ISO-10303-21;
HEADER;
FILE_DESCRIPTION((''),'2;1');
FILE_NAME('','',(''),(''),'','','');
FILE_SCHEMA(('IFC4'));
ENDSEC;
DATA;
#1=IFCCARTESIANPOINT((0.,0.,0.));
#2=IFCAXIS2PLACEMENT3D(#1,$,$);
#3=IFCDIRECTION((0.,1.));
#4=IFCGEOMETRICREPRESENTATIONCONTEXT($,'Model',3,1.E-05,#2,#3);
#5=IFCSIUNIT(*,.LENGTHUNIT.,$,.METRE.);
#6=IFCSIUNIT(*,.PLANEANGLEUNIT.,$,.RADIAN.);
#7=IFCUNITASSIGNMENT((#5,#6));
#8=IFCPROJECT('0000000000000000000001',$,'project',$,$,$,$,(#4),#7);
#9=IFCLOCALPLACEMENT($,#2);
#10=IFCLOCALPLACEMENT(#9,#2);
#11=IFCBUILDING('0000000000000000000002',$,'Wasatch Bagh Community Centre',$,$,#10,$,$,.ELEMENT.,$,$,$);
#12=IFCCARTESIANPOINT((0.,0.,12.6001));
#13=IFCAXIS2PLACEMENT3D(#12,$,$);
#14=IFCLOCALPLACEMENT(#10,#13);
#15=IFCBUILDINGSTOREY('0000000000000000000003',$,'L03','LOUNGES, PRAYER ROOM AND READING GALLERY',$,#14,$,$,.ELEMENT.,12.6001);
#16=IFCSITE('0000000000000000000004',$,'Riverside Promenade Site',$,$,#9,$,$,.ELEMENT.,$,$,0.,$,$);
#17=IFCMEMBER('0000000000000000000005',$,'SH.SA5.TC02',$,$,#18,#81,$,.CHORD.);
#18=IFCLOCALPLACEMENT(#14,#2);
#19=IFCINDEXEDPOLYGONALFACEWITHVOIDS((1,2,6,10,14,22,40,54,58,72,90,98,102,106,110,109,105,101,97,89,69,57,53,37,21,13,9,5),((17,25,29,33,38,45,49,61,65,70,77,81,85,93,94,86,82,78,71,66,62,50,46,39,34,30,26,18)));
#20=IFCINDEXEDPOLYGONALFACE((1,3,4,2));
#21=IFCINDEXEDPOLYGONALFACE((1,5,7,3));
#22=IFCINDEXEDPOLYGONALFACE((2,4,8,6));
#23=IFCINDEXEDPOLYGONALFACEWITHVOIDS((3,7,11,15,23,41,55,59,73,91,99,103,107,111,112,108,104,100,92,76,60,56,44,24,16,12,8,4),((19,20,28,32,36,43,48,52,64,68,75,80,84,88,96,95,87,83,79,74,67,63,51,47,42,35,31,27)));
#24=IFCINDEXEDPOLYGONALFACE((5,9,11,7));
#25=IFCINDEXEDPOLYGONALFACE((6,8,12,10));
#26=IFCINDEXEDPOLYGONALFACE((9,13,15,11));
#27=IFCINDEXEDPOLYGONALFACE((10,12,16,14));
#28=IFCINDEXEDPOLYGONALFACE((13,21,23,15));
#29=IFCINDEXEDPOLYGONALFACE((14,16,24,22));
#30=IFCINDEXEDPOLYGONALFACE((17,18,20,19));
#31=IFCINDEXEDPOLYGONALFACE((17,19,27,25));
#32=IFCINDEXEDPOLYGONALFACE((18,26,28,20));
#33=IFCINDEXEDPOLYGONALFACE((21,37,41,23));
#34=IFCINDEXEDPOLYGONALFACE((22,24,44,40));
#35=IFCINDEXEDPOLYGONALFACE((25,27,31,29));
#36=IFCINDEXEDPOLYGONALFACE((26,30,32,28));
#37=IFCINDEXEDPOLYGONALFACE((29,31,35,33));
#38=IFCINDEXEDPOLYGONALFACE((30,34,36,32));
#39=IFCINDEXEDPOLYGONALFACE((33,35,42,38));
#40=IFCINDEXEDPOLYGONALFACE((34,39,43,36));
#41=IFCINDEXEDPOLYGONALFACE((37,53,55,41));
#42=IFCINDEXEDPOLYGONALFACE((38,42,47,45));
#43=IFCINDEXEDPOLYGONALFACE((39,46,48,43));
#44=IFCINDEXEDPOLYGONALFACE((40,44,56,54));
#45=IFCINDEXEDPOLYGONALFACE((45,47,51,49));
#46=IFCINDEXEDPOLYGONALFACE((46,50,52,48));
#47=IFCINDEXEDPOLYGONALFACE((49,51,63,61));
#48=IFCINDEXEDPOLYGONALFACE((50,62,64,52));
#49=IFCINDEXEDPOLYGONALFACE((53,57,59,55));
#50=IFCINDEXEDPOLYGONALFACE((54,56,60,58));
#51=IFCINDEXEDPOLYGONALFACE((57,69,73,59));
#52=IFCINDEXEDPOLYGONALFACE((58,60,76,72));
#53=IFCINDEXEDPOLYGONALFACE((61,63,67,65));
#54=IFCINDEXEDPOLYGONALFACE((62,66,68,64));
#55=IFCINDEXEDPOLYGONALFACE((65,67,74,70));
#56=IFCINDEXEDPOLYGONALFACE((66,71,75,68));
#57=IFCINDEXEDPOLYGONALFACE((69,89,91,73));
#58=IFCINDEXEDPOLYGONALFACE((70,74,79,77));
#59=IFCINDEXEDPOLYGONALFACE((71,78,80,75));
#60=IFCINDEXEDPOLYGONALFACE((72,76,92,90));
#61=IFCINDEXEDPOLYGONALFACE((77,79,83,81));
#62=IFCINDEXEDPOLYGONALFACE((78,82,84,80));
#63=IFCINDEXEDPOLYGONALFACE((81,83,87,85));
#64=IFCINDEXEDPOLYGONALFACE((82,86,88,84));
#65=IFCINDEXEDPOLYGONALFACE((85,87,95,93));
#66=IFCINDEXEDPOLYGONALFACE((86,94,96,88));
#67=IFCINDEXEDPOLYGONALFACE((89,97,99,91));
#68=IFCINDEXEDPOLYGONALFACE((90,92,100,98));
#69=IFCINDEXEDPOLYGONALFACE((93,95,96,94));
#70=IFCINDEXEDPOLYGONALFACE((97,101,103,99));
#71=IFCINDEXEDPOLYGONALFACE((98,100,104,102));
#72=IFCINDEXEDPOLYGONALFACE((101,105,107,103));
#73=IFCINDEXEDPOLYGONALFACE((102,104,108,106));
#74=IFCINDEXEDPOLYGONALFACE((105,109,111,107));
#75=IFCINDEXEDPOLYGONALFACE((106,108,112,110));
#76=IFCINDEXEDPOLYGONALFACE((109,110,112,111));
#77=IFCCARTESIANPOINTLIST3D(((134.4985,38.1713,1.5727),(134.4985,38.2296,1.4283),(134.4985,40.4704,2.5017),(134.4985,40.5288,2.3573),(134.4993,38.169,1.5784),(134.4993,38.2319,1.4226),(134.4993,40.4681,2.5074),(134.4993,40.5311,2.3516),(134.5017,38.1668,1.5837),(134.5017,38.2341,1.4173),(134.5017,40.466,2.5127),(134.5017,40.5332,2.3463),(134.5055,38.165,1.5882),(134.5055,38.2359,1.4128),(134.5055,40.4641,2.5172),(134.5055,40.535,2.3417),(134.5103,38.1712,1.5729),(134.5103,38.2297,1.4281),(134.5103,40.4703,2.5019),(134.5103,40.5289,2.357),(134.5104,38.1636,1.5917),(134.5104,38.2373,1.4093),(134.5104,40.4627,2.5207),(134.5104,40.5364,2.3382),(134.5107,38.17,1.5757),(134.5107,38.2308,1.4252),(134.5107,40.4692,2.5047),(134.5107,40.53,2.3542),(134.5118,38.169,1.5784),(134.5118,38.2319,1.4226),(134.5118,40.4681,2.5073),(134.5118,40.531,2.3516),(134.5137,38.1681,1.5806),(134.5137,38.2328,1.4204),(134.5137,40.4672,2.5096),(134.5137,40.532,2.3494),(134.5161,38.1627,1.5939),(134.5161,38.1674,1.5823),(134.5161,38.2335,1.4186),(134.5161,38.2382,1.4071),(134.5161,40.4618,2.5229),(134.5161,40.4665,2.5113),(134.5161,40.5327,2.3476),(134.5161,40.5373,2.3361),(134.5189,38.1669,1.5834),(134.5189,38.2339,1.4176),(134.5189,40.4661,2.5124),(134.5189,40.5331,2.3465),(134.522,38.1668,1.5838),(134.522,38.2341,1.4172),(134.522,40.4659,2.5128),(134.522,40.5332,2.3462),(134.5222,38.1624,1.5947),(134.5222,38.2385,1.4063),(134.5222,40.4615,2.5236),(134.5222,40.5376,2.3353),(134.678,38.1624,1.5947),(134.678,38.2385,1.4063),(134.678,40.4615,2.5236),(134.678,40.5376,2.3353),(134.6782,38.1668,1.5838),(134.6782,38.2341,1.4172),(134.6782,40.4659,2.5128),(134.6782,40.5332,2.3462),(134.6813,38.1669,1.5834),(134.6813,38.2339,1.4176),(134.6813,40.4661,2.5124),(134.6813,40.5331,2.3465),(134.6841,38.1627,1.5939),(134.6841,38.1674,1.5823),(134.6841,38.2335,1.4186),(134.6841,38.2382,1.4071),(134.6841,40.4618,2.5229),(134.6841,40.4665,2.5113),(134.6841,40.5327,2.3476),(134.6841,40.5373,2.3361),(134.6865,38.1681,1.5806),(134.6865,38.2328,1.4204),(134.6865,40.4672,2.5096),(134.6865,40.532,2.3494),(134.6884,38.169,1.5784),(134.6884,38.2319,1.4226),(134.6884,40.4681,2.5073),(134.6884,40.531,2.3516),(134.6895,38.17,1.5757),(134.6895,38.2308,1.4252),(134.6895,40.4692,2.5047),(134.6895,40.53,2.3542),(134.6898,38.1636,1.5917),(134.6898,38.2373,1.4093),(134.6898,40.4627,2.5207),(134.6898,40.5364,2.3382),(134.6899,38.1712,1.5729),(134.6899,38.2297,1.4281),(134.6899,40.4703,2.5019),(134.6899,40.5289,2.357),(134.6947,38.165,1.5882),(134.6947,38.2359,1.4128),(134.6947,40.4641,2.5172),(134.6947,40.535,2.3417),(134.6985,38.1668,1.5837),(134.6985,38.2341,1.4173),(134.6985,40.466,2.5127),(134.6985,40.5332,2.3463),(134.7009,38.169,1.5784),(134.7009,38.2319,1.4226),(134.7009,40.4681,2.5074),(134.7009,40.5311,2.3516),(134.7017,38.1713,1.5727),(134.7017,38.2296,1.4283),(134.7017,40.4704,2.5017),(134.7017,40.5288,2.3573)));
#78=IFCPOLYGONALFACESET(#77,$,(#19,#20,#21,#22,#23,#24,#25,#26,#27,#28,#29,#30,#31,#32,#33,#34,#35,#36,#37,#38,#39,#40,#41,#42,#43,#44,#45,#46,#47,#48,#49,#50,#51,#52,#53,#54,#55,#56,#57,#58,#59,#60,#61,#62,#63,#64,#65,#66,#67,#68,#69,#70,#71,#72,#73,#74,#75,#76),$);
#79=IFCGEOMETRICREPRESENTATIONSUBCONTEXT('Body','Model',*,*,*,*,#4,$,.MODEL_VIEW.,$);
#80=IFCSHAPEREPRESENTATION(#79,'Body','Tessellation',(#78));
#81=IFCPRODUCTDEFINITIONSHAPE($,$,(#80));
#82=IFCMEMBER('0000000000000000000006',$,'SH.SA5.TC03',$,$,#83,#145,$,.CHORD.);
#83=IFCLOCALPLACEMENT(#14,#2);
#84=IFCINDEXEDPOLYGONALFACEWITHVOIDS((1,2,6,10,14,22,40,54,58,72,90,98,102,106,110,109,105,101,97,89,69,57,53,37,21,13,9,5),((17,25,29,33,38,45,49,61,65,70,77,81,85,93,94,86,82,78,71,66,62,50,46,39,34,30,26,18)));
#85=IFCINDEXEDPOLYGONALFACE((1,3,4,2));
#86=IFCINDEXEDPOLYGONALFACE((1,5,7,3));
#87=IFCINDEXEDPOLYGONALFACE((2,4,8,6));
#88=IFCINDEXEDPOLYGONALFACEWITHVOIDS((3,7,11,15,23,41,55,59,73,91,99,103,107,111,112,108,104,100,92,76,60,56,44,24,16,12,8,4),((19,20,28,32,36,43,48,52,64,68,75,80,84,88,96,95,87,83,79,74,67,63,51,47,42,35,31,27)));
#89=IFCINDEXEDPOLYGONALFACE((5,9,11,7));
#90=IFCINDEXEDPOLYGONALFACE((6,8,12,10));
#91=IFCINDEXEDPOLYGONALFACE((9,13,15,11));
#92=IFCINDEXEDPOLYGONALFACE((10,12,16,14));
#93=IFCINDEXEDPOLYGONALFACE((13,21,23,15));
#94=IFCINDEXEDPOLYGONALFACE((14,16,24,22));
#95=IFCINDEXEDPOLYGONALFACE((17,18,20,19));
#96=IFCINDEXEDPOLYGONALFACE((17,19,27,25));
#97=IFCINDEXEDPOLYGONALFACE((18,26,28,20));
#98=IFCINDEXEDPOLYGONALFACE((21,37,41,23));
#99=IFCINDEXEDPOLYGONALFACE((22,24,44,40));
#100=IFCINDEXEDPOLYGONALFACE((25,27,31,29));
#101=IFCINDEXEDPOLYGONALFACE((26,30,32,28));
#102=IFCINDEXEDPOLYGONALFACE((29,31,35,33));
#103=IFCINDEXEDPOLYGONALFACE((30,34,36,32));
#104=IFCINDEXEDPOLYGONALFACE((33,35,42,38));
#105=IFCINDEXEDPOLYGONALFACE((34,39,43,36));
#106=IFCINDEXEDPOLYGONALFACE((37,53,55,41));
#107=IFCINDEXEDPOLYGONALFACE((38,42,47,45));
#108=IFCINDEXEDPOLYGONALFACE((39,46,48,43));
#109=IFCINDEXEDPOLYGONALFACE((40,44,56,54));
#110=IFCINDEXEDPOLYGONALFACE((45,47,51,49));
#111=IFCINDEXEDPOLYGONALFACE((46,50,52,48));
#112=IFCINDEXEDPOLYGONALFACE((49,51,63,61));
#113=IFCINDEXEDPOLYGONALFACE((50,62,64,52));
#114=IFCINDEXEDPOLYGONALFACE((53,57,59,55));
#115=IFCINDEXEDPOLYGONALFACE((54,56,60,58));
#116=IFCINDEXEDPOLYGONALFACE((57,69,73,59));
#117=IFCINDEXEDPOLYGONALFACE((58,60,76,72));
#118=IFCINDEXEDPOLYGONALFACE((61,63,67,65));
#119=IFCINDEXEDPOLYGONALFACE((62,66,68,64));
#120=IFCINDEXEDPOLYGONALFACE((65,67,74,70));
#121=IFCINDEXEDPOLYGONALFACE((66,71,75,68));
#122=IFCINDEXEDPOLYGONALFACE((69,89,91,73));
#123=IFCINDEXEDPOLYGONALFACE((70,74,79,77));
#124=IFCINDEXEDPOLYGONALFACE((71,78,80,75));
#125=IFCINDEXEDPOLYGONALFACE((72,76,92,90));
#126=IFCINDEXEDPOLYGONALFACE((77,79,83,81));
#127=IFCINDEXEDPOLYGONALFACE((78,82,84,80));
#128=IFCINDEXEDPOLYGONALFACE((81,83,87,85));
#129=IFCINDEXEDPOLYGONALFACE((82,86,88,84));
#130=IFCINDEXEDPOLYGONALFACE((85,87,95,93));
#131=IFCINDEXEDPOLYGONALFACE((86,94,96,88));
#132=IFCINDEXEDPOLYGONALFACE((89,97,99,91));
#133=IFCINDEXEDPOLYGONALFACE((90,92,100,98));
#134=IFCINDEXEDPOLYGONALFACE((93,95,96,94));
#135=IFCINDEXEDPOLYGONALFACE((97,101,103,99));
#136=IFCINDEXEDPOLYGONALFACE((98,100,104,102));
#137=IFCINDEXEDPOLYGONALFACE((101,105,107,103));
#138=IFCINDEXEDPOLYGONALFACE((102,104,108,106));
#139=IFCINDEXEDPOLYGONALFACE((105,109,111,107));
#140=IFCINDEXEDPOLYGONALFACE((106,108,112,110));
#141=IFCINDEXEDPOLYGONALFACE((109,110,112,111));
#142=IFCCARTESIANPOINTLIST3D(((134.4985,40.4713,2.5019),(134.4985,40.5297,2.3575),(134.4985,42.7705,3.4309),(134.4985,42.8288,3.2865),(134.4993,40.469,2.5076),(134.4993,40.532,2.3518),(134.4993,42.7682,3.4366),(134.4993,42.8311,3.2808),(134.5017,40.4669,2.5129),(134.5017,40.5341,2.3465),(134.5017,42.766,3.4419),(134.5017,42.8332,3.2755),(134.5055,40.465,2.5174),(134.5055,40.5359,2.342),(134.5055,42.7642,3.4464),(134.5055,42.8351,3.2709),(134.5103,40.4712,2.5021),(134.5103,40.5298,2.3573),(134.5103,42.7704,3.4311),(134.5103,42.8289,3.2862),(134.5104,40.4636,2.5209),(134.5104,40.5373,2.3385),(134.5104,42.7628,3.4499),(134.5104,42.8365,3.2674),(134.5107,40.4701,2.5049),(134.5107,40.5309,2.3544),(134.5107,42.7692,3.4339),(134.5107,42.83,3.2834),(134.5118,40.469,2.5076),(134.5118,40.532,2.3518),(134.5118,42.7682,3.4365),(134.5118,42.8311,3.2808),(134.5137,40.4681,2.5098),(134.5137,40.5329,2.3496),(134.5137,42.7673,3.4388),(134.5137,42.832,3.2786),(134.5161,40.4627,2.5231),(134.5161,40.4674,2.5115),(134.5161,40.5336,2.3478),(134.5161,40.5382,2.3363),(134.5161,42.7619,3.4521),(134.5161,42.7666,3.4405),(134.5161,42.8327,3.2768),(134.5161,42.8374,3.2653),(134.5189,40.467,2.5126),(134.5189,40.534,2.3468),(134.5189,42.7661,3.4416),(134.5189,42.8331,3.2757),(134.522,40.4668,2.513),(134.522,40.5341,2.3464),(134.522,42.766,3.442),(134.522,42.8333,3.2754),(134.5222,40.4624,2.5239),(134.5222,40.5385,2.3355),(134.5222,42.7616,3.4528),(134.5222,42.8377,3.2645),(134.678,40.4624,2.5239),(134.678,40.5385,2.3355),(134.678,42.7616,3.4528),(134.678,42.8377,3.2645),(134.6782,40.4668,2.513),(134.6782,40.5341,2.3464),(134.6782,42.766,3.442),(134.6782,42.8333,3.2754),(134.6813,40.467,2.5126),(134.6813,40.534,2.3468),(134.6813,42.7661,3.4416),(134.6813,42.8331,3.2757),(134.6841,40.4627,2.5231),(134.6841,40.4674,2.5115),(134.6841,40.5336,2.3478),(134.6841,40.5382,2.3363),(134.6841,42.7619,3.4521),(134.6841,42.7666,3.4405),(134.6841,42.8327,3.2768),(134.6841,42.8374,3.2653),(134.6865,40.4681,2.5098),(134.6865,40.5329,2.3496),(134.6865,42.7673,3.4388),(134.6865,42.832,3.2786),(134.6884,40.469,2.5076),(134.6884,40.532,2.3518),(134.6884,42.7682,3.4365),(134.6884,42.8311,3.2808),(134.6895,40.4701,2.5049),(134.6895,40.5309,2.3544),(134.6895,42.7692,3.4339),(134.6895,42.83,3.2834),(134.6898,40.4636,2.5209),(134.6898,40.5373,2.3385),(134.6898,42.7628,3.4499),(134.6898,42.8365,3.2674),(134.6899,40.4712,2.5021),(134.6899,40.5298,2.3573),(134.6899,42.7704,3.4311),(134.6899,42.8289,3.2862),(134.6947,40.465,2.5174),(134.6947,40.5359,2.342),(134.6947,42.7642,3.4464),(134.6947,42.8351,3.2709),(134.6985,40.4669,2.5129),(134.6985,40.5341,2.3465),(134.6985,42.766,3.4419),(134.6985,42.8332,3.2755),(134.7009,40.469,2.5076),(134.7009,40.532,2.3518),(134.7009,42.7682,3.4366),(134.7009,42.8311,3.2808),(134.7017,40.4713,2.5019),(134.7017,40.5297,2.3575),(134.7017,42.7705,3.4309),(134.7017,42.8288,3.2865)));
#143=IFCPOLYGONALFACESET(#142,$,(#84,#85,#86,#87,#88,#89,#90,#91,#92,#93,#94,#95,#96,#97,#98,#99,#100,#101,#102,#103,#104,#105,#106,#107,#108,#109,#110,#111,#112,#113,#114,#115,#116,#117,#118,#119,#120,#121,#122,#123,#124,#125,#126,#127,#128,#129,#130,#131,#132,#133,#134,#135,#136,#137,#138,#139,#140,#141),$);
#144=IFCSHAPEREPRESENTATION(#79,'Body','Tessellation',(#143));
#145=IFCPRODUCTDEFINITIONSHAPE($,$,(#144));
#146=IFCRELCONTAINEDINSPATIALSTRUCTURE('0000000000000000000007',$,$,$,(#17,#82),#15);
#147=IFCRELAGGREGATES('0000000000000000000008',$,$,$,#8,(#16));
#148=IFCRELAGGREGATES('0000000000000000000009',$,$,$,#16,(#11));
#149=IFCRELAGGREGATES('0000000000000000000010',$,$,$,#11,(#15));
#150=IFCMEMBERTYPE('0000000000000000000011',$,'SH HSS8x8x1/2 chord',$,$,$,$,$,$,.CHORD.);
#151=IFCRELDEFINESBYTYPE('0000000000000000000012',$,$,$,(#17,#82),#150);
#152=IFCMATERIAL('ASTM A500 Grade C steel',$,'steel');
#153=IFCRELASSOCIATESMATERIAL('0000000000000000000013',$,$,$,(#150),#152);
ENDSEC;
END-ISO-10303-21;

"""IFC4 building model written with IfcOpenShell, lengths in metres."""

from ifc_helpers import new_model, si_unit, direction, frame, origin, origin_2d, place, context, subcontext, project, spatial, hollow_rectangle, extrude, material, material_profile, profile_set, type_object, element, save


model = new_model("IFC4")

# Units and contexts
model_context = context("Model", 3, precision=1e-05, world=origin(), true_north=direction((0.0, 1.0)))
body_context = subcontext(model_context, "Body", "Model", "MODEL_VIEW")
ifc_project = project(units=[si_unit("LENGTHUNIT", "METRE"), si_unit("PLANEANGLEUNIT", "RADIAN")], contexts=[model_context])

# Site, building, storey
site_placement = place(None, origin())
site = spatial("IfcSite", under=ifc_project, at=site_placement, Name="Riverside Promenade Site", CompositionType="ELEMENT", RefElevation=0.0)
building_placement = place(site_placement, origin())
building = spatial("IfcBuilding", under=site, at=building_placement, Name="Wasatch Bagh Community Centre", CompositionType="ELEMENT")
storey_placement = place(building_placement, frame((0.0, 0.0, 12.6001)))
storey = spatial("IfcBuildingStorey", under=building, at=storey_placement, Name="L03", Description="LOUNGES, PRAYER ROOM AND READING GALLERY", CompositionType="ELEMENT", Elevation=12.6001)

# Members
ifc_material_1 = material(Name="ASTM A500 Grade C steel", Category="steel")
ifc_material_profile_1 = material_profile(ifc_material_1, hollow_rectangle(XDim=0.2031, YDim=0.2031, WallThickness=0.0117, InnerFilletRadius=0.0117, OuterFilletRadius=0.0237, at=origin_2d()), Name="HSS8x8x1/2")
ifc_profile_set_1 = profile_set([ifc_material_profile_1], Name="ASTM A500 Grade C steel")
member_type_1 = type_object("IfcMemberType", Name="SH HSS8x8x1/2 chord", PredefinedType="CHORD", material=ifc_profile_set_1)
for number, where, z_axis, x_axis, name in (
    (1, (134.6001, 38.2004, 1.5005), (0.0, 0.927174, 0.374631), (-1.0, 0.0, 0.0), "SH.SA5.TC02"),
    (2, (134.6001, 40.5005, 2.4297), (0.0, 0.927174, 0.374631), (-1.0, 0.0, 0.0), "SH.SA5.TC03"),
):
    element("IfcMember", number, at=place(storey_placement, frame(where, z_axis=z_axis, x_axis=x_axis)), inside=storey, type_object=member_type_1, Name=name, PredefinedType="CHORD", context=body_context, shape_type="SweptSolid", body=[
        extrude(hollow_rectangle(XDim=0.2031, YDim=0.2031, WallThickness=0.0117, InnerFilletRadius=0.0117, OuterFilletRadius=0.0237, at=origin_2d()), origin(), (0.0, 0.0, 1.0), 2.4797),
    ])

save(model, "model.ifc")
